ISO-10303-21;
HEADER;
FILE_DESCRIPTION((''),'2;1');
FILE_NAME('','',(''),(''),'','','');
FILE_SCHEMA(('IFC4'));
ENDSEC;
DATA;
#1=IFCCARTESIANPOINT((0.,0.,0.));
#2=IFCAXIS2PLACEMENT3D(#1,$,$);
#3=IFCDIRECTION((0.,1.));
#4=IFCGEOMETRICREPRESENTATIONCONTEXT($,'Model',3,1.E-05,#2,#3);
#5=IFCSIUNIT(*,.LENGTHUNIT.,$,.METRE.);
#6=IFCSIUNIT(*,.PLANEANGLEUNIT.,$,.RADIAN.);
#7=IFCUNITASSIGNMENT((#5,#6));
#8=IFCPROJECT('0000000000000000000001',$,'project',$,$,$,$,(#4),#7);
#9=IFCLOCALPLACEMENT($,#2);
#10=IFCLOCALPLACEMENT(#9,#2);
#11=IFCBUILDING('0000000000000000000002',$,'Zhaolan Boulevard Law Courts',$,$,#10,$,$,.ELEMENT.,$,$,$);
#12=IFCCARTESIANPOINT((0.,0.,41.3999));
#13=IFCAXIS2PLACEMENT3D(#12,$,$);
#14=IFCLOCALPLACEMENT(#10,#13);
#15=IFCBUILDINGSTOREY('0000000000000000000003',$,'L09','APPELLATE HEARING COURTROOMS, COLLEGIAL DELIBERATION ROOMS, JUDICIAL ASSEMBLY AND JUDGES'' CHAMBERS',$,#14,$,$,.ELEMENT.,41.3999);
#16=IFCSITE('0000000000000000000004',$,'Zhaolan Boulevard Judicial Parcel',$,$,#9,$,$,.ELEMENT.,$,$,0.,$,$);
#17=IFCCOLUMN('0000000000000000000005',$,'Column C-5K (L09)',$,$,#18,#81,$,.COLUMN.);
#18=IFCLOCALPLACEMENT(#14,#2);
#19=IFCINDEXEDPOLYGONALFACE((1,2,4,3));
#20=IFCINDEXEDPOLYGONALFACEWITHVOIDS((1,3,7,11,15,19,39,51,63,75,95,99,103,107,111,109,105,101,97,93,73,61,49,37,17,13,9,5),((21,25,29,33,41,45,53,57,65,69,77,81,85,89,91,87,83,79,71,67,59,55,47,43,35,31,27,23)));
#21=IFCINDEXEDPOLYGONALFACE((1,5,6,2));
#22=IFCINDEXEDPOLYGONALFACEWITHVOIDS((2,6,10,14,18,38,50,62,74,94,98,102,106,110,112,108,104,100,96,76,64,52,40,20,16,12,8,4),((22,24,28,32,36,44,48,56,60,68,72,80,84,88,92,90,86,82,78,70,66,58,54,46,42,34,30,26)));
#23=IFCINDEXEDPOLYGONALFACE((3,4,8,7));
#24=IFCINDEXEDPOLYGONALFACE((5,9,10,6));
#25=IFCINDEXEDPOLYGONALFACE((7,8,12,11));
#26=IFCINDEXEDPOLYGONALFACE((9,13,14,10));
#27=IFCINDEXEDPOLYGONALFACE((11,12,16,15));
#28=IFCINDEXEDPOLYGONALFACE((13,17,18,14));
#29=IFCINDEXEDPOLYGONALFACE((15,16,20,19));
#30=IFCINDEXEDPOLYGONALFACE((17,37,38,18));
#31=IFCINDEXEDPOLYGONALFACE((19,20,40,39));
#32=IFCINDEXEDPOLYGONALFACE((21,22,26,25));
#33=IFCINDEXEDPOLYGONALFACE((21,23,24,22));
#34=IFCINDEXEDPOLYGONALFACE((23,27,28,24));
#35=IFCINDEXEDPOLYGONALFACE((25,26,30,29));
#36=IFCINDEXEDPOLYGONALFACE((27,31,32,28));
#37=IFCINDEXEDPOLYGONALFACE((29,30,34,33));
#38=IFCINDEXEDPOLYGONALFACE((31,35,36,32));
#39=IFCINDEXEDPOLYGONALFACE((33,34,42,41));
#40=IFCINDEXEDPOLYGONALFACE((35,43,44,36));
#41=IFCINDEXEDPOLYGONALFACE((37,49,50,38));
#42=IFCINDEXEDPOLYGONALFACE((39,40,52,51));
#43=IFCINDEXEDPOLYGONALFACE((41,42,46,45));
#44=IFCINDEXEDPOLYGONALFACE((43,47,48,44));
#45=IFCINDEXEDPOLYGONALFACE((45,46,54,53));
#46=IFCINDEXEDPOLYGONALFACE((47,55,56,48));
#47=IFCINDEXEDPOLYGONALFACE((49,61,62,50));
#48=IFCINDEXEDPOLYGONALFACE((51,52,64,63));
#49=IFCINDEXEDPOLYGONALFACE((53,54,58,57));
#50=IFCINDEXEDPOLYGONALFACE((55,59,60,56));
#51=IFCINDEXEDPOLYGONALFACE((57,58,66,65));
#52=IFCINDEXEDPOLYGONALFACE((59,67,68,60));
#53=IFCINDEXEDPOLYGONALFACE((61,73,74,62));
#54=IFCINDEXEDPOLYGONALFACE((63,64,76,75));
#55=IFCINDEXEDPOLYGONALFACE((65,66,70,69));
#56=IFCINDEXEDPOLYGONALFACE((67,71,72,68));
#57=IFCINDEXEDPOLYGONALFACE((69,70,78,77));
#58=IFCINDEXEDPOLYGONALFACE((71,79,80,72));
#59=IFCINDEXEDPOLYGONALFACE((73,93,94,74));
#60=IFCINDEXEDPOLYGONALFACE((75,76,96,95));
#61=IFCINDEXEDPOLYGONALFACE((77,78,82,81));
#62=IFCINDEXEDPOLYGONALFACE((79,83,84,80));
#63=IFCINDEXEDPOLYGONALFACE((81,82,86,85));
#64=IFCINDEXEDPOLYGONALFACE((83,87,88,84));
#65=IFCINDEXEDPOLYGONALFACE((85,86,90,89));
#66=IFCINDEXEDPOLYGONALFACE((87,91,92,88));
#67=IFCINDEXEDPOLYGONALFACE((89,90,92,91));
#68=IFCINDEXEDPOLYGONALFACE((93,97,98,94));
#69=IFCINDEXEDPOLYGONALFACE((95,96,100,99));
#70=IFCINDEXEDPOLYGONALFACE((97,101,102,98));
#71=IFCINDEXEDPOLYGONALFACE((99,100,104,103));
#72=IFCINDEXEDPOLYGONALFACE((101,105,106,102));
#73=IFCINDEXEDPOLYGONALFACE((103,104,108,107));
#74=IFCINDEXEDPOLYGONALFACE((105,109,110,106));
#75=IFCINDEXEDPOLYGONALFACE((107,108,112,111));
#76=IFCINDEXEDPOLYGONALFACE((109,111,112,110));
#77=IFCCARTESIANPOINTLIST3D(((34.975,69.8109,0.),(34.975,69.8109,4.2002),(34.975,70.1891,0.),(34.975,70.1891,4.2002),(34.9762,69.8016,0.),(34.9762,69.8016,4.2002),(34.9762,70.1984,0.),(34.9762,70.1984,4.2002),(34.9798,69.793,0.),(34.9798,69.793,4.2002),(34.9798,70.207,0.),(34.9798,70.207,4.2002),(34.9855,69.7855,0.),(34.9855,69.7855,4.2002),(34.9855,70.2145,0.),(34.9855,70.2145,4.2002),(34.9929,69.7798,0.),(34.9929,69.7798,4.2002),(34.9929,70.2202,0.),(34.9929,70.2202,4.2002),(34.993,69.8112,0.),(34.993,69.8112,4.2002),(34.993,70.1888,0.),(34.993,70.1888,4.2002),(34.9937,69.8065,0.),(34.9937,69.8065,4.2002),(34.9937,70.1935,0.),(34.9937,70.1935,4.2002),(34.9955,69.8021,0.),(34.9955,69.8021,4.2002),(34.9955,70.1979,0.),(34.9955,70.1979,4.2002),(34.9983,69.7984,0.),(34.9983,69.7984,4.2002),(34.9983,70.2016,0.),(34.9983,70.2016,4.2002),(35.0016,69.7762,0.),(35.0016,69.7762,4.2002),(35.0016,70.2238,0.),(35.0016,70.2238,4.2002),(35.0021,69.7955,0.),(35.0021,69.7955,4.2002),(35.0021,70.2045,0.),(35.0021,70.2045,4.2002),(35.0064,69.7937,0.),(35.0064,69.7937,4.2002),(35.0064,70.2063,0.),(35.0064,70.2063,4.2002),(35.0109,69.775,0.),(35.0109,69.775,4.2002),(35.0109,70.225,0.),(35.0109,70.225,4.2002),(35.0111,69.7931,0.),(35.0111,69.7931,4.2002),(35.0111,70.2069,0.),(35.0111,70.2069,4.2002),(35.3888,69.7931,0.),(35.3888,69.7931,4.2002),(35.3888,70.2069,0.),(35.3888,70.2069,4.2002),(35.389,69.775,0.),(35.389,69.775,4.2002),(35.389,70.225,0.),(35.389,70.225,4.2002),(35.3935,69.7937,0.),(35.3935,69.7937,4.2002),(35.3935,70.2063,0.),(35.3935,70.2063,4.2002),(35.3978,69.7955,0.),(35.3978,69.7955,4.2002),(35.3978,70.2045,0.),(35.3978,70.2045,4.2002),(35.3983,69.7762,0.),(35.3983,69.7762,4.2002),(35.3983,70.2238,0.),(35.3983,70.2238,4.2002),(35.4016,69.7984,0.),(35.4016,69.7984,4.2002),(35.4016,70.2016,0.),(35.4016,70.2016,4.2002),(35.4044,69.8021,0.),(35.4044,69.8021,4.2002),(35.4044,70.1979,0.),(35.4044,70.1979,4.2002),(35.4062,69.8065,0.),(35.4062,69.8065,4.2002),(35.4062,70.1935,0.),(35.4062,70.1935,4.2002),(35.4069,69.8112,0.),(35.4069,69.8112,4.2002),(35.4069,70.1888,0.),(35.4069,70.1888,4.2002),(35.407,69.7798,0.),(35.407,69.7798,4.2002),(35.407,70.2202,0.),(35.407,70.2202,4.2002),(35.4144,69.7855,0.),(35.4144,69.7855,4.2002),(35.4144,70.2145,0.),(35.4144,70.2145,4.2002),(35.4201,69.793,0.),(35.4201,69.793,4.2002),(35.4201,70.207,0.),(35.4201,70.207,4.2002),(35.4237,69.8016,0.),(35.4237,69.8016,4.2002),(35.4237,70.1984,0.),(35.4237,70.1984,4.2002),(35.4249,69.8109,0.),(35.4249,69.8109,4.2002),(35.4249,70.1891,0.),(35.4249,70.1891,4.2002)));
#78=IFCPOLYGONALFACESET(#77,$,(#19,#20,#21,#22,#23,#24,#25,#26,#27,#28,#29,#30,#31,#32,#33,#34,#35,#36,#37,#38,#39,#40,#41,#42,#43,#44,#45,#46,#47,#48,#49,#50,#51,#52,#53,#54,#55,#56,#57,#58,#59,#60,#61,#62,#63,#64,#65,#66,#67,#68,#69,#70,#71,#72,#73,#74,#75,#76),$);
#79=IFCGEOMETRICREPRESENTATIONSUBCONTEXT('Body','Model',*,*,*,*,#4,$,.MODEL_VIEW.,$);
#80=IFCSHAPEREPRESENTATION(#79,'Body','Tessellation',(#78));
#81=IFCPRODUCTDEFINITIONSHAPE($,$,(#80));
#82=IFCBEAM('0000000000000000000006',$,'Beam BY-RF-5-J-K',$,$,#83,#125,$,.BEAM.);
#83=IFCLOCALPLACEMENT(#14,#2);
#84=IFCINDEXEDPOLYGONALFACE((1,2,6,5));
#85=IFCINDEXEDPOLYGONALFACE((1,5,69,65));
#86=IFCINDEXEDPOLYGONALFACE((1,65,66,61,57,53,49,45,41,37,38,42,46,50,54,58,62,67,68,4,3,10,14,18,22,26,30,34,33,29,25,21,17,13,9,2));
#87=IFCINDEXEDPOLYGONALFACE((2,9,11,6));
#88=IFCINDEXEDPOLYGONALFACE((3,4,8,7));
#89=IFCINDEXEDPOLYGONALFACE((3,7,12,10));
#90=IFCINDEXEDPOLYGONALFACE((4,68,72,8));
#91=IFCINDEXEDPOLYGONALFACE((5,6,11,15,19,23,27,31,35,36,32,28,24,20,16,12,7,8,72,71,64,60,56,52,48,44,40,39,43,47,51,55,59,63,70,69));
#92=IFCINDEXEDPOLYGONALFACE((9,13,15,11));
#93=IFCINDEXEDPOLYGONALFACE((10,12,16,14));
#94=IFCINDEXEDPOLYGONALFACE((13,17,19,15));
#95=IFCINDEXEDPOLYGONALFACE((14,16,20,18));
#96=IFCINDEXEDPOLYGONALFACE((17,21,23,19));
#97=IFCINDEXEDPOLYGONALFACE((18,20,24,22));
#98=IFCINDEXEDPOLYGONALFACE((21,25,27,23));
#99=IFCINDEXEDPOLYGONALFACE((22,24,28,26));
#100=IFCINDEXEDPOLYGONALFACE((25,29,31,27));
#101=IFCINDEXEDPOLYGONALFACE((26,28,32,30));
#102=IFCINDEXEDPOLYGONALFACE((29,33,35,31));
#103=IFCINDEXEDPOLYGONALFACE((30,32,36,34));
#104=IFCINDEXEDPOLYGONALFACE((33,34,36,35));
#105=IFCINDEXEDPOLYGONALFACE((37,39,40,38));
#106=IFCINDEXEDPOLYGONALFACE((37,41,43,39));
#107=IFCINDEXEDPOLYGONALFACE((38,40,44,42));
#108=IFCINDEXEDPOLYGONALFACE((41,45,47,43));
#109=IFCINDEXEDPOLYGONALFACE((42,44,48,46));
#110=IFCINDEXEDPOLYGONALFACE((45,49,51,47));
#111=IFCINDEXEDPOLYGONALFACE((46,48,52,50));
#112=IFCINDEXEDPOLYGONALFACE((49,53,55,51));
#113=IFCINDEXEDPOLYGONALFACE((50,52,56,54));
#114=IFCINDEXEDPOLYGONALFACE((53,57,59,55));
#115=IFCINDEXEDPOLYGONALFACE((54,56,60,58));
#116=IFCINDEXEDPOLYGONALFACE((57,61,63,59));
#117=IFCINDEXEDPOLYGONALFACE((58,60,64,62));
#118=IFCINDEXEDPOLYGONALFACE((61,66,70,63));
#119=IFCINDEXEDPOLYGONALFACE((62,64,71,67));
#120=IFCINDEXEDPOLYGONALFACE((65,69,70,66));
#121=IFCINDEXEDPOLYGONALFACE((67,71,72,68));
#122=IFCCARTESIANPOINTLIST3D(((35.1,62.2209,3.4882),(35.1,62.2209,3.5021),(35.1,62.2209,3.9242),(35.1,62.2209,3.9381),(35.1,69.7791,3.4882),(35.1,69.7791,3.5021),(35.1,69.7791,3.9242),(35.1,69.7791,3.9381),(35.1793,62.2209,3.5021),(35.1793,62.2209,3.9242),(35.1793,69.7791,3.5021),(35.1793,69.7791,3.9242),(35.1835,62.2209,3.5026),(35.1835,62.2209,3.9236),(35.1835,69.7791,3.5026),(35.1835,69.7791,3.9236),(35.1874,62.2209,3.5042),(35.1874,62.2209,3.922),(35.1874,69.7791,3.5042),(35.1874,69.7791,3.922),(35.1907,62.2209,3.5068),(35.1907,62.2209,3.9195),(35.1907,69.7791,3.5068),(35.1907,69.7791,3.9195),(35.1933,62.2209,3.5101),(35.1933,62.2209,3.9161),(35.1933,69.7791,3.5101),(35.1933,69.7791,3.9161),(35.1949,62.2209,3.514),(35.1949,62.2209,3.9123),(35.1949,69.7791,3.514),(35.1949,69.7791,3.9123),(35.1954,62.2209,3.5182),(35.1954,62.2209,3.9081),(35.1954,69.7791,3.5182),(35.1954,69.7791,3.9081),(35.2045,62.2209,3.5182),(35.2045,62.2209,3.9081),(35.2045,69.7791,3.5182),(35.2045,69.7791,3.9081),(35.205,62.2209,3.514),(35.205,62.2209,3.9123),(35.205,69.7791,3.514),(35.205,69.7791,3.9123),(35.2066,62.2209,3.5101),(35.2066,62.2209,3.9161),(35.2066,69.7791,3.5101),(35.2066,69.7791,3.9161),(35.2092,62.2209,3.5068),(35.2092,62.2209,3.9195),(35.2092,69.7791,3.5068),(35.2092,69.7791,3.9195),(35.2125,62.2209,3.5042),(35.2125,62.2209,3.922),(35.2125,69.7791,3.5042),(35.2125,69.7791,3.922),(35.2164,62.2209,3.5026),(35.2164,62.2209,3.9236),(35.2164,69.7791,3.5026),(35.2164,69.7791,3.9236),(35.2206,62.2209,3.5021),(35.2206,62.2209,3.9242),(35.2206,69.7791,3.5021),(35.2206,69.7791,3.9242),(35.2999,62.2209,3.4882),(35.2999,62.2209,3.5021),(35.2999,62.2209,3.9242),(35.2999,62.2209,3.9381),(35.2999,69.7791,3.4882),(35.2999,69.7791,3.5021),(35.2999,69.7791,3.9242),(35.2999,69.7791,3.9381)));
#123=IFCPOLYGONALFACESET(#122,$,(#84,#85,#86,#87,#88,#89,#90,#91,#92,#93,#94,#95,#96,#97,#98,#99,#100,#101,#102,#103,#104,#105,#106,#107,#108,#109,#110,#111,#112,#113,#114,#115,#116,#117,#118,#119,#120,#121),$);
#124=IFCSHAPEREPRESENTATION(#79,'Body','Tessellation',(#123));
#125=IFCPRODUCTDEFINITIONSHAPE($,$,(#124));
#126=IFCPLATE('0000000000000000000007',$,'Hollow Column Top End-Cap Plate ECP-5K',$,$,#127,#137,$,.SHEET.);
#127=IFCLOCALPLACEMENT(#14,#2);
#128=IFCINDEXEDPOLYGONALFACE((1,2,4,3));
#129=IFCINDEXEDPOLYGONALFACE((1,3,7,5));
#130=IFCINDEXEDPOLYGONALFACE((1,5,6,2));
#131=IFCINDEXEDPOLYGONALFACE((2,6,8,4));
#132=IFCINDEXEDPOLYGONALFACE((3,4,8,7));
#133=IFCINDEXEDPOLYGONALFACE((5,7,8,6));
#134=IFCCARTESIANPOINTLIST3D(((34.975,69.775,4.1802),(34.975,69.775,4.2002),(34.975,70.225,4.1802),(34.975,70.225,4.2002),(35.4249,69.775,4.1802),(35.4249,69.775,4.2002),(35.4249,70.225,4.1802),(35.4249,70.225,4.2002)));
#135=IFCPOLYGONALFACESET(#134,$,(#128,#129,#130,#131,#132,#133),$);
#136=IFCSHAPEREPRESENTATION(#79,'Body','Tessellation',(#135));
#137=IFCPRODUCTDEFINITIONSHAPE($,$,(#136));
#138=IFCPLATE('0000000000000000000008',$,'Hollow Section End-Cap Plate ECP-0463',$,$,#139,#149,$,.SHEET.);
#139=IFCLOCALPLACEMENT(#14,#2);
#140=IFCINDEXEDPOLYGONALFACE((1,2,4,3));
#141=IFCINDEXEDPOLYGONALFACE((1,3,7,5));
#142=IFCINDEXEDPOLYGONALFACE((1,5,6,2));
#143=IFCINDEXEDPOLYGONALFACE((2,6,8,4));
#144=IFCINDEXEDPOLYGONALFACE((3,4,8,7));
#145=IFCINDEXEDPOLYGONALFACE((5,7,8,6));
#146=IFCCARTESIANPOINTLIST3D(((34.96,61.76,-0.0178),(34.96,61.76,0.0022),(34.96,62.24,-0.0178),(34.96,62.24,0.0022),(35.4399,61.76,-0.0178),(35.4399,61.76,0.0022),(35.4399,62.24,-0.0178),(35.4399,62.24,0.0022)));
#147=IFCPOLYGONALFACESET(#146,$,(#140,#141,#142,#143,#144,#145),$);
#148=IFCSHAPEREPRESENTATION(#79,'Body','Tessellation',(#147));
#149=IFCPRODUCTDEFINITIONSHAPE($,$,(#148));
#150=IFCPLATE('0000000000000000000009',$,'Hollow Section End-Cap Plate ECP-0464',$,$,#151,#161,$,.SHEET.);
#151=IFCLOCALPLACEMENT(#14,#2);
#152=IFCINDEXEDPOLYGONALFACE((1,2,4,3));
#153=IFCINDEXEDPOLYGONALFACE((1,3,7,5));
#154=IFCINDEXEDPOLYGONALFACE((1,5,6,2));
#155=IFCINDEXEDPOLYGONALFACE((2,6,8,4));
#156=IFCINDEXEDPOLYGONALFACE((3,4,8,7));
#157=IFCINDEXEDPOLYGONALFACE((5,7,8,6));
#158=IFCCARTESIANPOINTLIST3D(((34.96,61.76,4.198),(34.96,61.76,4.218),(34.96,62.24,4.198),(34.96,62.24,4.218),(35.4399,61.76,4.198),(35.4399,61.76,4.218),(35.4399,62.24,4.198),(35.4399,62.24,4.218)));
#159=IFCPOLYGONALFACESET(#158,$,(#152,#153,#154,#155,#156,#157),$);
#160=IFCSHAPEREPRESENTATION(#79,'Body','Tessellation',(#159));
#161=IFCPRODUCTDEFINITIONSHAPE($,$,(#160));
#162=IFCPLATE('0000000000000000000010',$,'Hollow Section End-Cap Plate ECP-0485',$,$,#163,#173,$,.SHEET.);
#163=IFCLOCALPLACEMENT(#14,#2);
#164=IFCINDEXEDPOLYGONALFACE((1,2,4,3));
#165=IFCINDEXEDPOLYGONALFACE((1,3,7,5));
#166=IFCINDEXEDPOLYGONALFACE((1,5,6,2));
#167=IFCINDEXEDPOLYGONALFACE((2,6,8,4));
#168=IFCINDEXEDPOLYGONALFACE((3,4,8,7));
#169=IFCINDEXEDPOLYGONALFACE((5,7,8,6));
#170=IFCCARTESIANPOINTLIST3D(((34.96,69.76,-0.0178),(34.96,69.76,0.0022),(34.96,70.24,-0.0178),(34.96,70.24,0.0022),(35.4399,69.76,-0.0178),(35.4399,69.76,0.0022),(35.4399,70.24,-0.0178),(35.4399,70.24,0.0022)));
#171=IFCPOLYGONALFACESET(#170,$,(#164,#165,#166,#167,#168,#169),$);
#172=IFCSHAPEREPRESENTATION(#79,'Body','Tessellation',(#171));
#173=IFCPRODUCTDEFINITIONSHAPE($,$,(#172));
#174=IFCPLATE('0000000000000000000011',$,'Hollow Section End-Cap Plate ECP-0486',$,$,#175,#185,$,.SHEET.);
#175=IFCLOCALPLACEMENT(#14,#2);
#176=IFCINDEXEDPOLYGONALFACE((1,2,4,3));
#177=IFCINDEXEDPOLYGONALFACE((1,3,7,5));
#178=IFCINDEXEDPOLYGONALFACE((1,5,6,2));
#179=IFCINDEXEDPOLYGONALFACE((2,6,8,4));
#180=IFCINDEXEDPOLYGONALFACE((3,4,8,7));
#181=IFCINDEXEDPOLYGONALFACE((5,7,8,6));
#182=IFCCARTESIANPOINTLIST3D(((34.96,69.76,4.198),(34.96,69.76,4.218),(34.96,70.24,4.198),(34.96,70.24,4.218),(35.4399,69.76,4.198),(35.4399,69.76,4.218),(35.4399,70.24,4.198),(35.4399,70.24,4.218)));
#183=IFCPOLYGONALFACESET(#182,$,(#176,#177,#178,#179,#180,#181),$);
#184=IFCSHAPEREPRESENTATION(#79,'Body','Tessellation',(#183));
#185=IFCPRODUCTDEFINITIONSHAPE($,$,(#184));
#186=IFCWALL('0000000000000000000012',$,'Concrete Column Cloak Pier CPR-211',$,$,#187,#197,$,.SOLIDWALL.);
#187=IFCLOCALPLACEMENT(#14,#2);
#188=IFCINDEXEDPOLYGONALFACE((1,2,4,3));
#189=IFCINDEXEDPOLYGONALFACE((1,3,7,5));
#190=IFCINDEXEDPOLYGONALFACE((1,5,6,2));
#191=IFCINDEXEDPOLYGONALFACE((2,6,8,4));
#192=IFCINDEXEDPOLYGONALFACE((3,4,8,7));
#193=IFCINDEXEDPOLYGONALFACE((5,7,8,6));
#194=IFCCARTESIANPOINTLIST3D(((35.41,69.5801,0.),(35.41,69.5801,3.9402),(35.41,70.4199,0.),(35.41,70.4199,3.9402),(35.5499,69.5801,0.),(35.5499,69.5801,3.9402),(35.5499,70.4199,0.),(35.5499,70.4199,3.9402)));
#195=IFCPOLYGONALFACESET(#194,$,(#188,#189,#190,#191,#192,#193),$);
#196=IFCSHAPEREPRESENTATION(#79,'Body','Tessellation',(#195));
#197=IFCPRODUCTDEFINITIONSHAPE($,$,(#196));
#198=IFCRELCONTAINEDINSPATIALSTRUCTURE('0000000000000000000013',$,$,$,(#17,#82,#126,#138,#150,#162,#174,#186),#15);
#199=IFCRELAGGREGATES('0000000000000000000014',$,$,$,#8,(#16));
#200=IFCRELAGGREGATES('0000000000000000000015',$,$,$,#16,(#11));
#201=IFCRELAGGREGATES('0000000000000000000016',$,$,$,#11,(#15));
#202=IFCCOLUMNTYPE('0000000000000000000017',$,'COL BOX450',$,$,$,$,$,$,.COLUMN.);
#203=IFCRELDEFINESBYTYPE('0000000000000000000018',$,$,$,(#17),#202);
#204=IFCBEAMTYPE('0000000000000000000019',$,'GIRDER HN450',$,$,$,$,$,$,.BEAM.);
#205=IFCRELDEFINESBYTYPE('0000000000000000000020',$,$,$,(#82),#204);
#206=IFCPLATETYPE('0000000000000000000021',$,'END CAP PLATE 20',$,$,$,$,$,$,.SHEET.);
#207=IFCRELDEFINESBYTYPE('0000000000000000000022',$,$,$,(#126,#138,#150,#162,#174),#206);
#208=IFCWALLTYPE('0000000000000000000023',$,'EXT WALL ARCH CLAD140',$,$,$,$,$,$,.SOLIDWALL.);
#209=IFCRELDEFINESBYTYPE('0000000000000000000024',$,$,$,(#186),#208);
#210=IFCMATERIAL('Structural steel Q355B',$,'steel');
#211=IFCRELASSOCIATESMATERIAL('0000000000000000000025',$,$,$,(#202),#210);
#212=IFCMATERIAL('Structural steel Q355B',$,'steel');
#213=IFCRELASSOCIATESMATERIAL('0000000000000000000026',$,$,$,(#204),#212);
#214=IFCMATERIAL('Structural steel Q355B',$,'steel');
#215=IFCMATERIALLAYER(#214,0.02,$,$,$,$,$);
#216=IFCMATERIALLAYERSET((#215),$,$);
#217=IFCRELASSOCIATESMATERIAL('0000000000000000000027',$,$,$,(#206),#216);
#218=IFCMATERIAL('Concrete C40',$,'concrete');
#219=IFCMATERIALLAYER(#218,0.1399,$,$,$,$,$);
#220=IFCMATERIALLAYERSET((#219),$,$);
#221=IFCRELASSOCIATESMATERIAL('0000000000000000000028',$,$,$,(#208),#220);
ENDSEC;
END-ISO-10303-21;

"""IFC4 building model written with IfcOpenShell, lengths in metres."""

from ifc_helpers import new_model, si_unit, direction, frame, frame_2d, origin, origin_2d, place, context, subcontext, project, spatial, rectangle, hollow_rectangle, i_section, extrude, material, layer, layer_set, material_profile, profile_set, type_object, element, save


model = new_model("IFC4")

# Units and contexts
model_context = context("Model", 3, precision=1e-05, world=origin(), true_north=direction((0.0, 1.0)))
body_context = subcontext(model_context, "Body", "Model", "MODEL_VIEW")
ifc_project = project(units=[si_unit("LENGTHUNIT", "METRE"), si_unit("PLANEANGLEUNIT", "RADIAN")], contexts=[model_context])

# Site, building, storey
site_placement = place(None, origin())
site = spatial("IfcSite", under=ifc_project, at=site_placement, Name="Zhaolan Boulevard Judicial Parcel", CompositionType="ELEMENT", RefElevation=0.0)
building_placement = place(site_placement, origin())
building = spatial("IfcBuilding", under=site, at=building_placement, Name="Zhaolan Boulevard Law Courts", CompositionType="ELEMENT")
storey_placement = place(building_placement, frame((0.0, 0.0, 41.3999)))
storey = spatial("IfcBuildingStorey", under=building, at=storey_placement, Name="L09", Description="APPELLATE HEARING COURTROOMS, COLLEGIAL DELIBERATION ROOMS, JUDICIAL ASSEMBLY AND JUDGES' CHAMBERS", CompositionType="ELEMENT", Elevation=41.3999)

# Column
ifc_material_1 = material(Name="Structural steel Q355B", Category="steel")
ifc_material_profile_1 = material_profile(ifc_material_1, hollow_rectangle(XDim=0.45, YDim=0.45, WallThickness=0.0181, InnerFilletRadius=0.0181, OuterFilletRadius=0.0359, at=origin_2d()), Name="BOX450x450x18")
ifc_profile_set_1 = profile_set([ifc_material_profile_1], Name="Structural steel Q355B")
column_type = type_object("IfcColumnType", Name="COL BOX450", PredefinedType="COLUMN", material=ifc_profile_set_1)
column_placement = place(storey_placement, frame((35.2, 70.0, 0.0), z_axis=(0.0, 0.0, 1.0), x_axis=(1.0, 0.0, 0.0)))
element("IfcColumn", 1, at=column_placement, inside=storey, type_object=column_type, Name="Column C-5K (L09)", PredefinedType="COLUMN", context=body_context, shape_type="SweptSolid", body=[
    extrude(hollow_rectangle(XDim=0.45, YDim=0.45, WallThickness=0.0181, InnerFilletRadius=0.0181, OuterFilletRadius=0.0359, at=origin_2d()), origin(), (0.0, 0.0, 1.0), 4.2002),
])

# Beam
ifc_material_2 = material(Name="Structural steel Q355B", Category="steel")
ifc_material_profile_2 = material_profile(ifc_material_2, i_section(OverallWidth=0.2, OverallDepth=0.45, WebThickness=0.009, FlangeThickness=0.0139, FilletRadius=0.0161, at=origin_2d()), Name="HN450x200")
ifc_profile_set_2 = profile_set([ifc_material_profile_2], Name="Structural steel Q355B")
beam_type = type_object("IfcBeamType", Name="GIRDER HN450", PredefinedType="BEAM", material=ifc_profile_set_2)
beam_placement = place(storey_placement, frame((35.2, 62.2209, 3.7131), z_axis=(0.0, 1.0, 0.0), x_axis=(-1.0, 0.0, 0.0)))
element("IfcBeam", 2, at=beam_placement, inside=storey, type_object=beam_type, Name="Beam BY-RF-5-J-K", PredefinedType="BEAM", context=body_context, shape_type="SweptSolid", body=[
    extrude(i_section(OverallWidth=0.2, OverallDepth=0.45, WebThickness=0.009, FlangeThickness=0.0139, FilletRadius=0.0161, at=origin_2d()), origin(), (0.0, 0.0, 1.0), 7.5581),
])

# Plates
ifc_material_3 = material(Name="Structural steel Q355B", Category="steel")
ifc_layer_1 = layer(ifc_material_3, 0.02)
ifc_layer_set_1 = layer_set([ifc_layer_1])
plate_type = type_object("IfcPlateType", Name="END CAP PLATE 20", PredefinedType="SHEET", material=ifc_layer_set_1)
plate_placement = place(storey_placement, frame((35.2, 70.0, 4.1802), z_axis=(0.0, 0.0, 1.0), x_axis=(1.0, 0.0, 0.0)))
element("IfcPlate", 3, at=plate_placement, inside=storey, type_object=plate_type, Name="Hollow Column Top End-Cap Plate ECP-5K", PredefinedType="SHEET", context=body_context, shape_type="SweptSolid", body=[
    extrude(rectangle(XDim=0.45, YDim=0.45, at=origin_2d()), origin(), (0.0, 0.0, 1.0), 0.02),
])
for number, where, z_axis, x_axis, name in (
    (4, (35.2, 62.0, -0.0178), (0.0, 0.0, 1.0), (1.0, 0.0, 0.0), "Hollow Section End-Cap Plate ECP-0463"),
    (5, (35.2, 62.0, 4.198), (0.0, 0.0, 1.0), (1.0, 0.0, 0.0), "Hollow Section End-Cap Plate ECP-0464"),
    (6, (35.2, 70.0, -0.0178), (0.0, 0.0, 1.0), (1.0, 0.0, 0.0), "Hollow Section End-Cap Plate ECP-0485"),
    (7, (35.2, 70.0, 4.198), (0.0, 0.0, 1.0), (1.0, 0.0, 0.0), "Hollow Section End-Cap Plate ECP-0486"),
):
    element("IfcPlate", number, at=place(storey_placement, frame(where, z_axis=z_axis, x_axis=x_axis)), inside=storey, type_object=plate_type, Name=name, PredefinedType="SHEET", context=body_context, shape_type="SweptSolid", body=[
        extrude(rectangle(XDim=0.48, YDim=0.48, at=origin_2d()), origin(), (0.0, 0.0, 1.0), 0.02),
    ])

# Wall
ifc_material_4 = material(Name="Concrete C40", Category="concrete")
ifc_layer_2 = layer(ifc_material_4, 0.1399)
ifc_layer_set_2 = layer_set([ifc_layer_2])
wall_type_1 = type_object("IfcWallType", Name="EXT WALL ARCH CLAD140", PredefinedType="SOLIDWALL", material=ifc_layer_set_2)
wall_1_placement = place(storey_placement, frame((35.48, 69.5801, 0.0), z_axis=(0.0, 0.0, 1.0), x_axis=(0.0, 1.0, 0.0)))
element("IfcWall", 8, at=wall_1_placement, inside=storey, type_object=wall_type_1, Name="Concrete Column Cloak Pier CPR-211", PredefinedType="SOLIDWALL", context=body_context, shape_type="SweptSolid", body=[
    extrude(rectangle(XDim=0.8398, YDim=0.1399, at=frame_2d((0.4199, 0.0))), origin(), (0.0, 0.0, 1.0), 3.9402),
])

save(model, "model.ifc")
